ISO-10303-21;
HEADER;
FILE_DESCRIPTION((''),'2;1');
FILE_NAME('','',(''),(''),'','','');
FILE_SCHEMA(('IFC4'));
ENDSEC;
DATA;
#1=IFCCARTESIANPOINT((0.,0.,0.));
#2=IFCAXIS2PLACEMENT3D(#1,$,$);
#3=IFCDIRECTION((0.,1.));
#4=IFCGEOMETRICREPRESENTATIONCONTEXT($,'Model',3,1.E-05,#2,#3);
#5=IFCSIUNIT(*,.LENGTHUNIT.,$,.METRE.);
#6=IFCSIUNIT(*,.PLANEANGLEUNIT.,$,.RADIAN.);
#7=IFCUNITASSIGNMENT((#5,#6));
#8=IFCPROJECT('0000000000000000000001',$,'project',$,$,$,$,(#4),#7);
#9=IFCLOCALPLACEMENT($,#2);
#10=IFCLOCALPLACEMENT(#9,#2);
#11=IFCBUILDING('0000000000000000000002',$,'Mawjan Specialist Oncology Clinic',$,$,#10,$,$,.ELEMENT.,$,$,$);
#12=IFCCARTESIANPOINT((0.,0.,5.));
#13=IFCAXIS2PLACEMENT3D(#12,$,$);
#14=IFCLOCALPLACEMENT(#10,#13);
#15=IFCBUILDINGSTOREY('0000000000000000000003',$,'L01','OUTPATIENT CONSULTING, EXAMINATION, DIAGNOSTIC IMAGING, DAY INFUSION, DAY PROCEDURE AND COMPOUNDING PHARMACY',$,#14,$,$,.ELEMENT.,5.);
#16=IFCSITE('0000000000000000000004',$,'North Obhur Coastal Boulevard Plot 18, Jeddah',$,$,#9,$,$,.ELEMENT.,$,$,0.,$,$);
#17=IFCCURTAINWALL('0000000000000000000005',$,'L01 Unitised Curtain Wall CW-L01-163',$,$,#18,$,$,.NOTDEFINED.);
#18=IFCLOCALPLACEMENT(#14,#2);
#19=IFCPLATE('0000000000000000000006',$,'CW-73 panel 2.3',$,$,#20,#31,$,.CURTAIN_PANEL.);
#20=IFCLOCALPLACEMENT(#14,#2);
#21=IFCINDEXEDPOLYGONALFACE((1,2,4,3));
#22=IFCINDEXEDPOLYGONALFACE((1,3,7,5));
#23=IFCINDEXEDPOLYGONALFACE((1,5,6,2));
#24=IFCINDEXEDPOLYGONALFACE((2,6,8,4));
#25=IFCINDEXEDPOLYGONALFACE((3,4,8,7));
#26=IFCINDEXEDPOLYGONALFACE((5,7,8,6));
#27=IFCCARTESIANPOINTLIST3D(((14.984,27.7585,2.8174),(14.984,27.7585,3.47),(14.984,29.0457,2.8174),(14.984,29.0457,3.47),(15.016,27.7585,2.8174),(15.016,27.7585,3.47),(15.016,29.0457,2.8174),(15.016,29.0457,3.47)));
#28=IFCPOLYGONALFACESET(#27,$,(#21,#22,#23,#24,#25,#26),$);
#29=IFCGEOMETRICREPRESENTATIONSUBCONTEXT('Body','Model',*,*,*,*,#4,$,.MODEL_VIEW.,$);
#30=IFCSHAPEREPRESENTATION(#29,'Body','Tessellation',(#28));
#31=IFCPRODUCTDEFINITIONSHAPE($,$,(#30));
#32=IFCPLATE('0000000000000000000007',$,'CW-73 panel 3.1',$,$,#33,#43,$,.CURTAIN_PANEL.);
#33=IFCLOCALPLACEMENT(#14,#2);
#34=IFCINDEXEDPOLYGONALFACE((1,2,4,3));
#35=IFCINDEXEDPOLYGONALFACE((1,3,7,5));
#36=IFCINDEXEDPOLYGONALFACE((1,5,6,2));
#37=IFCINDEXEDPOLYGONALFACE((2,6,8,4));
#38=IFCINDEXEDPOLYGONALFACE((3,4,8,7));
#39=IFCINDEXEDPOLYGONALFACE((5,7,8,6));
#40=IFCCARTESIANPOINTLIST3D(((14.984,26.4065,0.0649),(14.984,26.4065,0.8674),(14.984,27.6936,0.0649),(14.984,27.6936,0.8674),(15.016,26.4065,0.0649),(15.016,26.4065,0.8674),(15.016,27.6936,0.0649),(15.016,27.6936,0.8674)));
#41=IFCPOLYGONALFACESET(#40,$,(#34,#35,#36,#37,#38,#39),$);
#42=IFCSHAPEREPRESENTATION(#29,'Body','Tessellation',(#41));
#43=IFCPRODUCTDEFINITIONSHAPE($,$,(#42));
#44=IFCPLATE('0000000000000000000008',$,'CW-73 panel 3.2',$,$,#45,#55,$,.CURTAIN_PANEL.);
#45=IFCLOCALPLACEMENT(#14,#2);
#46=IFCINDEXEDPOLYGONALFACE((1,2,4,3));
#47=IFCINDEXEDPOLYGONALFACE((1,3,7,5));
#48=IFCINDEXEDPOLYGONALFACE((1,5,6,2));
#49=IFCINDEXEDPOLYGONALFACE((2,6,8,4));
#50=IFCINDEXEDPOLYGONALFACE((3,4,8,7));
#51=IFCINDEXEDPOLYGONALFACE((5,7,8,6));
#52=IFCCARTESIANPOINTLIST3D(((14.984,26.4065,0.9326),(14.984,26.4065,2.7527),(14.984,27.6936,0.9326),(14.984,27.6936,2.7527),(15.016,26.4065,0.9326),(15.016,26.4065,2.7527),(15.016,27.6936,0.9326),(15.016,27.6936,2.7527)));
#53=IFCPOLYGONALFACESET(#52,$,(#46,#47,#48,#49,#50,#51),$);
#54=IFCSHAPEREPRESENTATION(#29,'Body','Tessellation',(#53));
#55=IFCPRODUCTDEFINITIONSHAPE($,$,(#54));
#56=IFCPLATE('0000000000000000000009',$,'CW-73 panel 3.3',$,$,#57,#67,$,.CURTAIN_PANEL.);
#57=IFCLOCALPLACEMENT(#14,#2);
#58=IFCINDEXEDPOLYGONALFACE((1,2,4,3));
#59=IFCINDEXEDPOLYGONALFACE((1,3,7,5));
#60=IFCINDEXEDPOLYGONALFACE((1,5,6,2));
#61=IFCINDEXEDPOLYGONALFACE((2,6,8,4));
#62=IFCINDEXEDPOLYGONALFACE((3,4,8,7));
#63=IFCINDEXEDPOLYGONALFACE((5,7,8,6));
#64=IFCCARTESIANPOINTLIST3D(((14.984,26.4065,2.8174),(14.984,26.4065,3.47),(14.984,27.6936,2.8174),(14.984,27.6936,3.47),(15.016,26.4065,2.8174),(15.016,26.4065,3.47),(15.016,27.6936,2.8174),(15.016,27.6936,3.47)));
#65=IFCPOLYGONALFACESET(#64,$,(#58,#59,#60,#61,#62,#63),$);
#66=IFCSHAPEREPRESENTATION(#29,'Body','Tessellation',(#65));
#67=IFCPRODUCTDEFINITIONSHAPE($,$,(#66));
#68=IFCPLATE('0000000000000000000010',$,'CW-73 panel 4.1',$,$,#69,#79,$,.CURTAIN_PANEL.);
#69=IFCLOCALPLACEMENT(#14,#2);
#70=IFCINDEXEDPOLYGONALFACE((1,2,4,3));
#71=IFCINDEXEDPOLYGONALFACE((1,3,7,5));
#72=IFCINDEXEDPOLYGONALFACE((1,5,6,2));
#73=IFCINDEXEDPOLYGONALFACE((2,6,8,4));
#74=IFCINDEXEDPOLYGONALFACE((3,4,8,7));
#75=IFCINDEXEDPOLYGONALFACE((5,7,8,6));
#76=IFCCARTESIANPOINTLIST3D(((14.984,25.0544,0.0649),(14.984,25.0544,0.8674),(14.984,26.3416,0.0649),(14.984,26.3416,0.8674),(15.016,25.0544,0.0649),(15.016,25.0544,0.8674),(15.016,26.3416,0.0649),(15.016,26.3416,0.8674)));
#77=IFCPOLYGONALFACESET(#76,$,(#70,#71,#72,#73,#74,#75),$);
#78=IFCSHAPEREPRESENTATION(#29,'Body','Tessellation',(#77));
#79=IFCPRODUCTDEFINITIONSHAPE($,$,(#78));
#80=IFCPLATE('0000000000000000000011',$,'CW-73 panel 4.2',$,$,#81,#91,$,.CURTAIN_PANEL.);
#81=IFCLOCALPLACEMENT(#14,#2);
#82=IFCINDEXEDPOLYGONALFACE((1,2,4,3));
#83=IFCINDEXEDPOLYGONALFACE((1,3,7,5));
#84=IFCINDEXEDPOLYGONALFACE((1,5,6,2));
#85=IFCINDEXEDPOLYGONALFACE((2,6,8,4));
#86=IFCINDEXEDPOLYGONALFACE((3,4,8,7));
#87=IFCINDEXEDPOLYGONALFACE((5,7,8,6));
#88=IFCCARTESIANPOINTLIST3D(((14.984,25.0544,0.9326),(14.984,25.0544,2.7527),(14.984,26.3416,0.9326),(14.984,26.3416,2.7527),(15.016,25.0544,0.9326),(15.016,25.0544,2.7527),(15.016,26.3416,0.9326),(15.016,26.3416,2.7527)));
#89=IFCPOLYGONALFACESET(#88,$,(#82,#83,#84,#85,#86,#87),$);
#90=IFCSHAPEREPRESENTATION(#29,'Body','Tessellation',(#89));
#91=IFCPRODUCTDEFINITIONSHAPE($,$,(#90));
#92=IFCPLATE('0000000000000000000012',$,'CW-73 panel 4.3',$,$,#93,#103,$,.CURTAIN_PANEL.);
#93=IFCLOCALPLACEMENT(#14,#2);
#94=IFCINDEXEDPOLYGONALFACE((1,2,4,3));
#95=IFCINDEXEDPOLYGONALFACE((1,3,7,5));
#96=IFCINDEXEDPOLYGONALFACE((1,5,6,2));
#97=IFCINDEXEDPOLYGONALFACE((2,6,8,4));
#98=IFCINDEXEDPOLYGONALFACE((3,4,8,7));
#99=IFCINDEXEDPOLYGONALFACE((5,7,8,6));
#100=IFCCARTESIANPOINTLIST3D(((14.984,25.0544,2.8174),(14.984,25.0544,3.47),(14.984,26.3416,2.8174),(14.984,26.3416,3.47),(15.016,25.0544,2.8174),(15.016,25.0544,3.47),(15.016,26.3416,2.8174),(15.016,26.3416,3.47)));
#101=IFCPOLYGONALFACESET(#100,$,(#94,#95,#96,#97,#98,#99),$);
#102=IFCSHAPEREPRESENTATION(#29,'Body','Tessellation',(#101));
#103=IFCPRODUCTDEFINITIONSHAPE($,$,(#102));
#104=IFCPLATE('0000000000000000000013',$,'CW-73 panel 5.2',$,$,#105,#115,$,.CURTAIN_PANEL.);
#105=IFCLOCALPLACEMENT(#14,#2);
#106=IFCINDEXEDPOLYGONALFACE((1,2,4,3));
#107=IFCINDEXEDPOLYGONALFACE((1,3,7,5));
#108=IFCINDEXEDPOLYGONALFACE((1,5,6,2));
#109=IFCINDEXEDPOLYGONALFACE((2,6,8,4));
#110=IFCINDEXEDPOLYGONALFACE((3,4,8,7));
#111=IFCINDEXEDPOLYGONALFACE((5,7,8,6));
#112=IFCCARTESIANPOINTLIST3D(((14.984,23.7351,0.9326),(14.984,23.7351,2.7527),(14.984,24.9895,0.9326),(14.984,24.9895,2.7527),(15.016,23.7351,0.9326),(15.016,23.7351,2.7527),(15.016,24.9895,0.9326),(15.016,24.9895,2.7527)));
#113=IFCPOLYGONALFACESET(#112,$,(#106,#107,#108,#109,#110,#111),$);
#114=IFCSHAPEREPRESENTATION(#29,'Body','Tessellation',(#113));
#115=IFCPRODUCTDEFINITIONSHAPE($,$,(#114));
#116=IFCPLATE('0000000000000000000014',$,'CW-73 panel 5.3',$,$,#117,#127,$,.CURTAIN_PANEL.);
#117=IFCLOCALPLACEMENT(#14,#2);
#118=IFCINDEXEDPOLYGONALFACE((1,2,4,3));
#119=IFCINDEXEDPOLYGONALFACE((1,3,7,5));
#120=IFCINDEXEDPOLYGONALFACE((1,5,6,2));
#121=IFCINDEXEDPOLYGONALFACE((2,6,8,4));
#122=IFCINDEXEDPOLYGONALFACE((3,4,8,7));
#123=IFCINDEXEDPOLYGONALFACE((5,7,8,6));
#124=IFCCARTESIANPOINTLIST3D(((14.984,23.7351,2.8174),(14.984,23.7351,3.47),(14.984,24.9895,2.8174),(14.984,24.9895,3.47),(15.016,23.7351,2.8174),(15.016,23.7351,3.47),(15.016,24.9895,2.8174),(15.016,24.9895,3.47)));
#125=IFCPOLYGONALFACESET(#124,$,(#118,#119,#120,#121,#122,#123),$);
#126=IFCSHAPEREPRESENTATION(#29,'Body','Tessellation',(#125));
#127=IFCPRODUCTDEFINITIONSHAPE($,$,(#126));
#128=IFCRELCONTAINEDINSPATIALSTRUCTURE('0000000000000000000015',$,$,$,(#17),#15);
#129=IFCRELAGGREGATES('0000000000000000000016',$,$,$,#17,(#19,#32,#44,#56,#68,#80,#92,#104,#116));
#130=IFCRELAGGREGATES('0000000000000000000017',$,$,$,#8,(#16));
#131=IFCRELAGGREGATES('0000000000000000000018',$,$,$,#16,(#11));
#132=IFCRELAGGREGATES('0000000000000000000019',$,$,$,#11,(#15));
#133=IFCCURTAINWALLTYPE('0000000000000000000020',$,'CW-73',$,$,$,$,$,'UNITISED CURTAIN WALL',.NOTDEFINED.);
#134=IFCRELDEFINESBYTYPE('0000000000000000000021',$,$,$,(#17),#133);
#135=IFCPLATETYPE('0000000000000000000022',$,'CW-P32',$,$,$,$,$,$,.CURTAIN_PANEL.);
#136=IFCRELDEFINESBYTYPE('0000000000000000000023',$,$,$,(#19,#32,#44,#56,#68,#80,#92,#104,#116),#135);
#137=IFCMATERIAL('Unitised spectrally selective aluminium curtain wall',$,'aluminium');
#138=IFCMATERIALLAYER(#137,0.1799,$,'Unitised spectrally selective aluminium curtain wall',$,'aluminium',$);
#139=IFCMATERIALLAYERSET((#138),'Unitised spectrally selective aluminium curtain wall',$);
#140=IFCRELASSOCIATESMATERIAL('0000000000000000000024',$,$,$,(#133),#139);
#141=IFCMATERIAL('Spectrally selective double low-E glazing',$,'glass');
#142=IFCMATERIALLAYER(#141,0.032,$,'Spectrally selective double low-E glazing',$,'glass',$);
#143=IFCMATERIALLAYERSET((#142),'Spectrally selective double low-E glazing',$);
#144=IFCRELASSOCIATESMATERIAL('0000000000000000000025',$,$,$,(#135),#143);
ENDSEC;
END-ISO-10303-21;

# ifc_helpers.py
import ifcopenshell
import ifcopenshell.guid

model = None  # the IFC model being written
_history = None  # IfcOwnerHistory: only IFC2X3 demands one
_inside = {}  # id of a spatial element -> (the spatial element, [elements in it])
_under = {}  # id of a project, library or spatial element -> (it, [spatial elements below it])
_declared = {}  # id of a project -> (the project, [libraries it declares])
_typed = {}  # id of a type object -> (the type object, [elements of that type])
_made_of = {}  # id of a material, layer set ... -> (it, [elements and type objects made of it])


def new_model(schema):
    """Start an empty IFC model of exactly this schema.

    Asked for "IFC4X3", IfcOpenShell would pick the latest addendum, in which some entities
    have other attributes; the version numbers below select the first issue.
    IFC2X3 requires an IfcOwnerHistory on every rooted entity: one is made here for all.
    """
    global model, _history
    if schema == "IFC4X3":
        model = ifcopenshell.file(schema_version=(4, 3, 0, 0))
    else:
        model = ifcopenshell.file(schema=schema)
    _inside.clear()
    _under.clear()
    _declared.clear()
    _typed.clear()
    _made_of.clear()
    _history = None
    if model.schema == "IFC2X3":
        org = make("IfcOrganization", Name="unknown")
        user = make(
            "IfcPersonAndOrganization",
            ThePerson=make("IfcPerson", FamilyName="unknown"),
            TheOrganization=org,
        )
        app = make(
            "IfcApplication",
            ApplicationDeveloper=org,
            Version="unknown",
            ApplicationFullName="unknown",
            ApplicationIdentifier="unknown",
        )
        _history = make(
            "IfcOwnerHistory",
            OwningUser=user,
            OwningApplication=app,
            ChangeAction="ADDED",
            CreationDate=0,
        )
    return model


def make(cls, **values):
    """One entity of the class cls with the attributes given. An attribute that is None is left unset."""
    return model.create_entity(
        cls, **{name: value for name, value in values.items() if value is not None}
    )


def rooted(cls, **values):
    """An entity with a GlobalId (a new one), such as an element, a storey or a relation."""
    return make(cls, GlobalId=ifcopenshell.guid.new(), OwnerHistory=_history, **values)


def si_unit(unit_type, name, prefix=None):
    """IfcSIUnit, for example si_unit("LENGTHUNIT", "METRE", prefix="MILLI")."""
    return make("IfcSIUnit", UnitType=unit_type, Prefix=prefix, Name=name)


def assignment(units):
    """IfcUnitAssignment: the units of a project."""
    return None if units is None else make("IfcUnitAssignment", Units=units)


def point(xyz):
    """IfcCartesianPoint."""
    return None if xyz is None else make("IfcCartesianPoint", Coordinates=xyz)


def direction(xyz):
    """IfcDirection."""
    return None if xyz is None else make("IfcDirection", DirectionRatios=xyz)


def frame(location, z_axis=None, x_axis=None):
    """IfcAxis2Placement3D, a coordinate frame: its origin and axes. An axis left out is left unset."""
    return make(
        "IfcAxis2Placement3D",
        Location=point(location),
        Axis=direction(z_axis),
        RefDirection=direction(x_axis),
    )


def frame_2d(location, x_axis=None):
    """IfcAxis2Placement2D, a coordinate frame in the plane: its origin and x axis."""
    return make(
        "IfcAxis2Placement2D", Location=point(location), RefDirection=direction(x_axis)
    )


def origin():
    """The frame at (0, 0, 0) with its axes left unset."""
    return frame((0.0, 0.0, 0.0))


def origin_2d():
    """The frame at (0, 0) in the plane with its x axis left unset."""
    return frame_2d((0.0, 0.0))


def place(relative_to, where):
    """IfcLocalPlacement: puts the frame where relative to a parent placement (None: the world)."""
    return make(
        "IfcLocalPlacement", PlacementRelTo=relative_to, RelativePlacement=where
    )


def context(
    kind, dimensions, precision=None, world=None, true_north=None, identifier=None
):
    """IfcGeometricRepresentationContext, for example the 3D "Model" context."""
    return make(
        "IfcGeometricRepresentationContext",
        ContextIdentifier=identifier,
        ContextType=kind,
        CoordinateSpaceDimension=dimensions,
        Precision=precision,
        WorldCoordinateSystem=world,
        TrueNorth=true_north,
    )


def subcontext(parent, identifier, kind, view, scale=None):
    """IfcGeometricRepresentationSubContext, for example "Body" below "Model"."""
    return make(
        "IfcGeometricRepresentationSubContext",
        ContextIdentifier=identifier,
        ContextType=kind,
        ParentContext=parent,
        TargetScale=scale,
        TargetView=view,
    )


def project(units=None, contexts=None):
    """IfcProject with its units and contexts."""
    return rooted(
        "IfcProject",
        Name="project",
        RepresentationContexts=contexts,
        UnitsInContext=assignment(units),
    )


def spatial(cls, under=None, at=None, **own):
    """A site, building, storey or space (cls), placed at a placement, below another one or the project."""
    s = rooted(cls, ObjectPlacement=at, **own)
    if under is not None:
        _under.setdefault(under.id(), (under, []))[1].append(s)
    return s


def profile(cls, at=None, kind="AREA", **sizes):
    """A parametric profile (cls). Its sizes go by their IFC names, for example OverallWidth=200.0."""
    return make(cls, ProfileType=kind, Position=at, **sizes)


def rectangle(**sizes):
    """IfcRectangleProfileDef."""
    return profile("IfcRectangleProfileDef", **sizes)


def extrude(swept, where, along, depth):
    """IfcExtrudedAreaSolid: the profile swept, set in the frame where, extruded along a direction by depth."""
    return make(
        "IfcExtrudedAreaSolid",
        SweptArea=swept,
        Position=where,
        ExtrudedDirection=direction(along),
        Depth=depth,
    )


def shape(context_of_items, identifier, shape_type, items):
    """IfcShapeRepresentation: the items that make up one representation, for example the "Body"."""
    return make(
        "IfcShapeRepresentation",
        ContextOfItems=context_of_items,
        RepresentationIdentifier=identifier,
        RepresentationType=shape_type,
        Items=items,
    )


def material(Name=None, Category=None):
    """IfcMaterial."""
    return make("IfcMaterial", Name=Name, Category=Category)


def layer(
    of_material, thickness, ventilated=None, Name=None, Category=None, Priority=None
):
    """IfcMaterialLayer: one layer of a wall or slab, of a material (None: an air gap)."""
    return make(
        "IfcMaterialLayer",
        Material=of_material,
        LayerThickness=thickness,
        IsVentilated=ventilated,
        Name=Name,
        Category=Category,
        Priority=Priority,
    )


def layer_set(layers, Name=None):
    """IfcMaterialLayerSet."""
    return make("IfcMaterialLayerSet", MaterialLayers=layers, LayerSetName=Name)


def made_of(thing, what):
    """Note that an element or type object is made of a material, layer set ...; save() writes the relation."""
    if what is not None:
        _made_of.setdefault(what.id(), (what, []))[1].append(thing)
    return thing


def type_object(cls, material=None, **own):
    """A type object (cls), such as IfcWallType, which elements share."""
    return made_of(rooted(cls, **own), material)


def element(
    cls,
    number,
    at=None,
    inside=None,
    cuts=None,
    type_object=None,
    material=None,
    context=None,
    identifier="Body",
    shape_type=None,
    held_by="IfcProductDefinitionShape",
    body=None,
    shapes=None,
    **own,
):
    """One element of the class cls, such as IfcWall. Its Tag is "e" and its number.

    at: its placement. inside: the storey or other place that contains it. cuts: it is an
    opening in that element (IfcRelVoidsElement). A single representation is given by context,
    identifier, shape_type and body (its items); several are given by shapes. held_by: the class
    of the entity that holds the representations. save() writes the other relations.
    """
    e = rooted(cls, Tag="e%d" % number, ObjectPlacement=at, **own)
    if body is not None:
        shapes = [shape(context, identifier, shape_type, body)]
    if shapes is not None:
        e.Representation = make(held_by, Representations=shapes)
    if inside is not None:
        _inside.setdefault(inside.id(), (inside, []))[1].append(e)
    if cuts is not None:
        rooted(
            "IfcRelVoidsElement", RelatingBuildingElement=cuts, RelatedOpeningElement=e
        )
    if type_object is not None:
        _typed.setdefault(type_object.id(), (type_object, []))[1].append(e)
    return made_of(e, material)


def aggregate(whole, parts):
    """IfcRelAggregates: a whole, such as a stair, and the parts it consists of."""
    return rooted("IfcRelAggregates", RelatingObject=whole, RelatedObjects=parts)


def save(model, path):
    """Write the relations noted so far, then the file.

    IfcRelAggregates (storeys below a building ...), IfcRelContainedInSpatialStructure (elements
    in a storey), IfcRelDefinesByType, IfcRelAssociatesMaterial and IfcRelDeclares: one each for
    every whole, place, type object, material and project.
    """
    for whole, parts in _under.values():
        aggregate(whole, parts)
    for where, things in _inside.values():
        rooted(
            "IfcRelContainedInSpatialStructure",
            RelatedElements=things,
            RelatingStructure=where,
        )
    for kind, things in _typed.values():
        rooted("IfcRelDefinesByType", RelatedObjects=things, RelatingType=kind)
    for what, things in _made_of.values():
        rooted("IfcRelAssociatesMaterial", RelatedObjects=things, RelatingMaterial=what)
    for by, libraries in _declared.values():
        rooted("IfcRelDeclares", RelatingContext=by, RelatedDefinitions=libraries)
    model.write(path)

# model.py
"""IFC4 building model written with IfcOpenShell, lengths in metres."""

from ifc_helpers import new_model, si_unit, direction, frame, origin, origin_2d, place, context, subcontext, project, spatial, rectangle, extrude, material, layer, layer_set, type_object, element, aggregate, save


model = new_model("IFC4")

# Units and contexts
model_context = context("Model", 3, precision=1e-05, world=origin(), true_north=direction((0.0, 1.0)))
body_context = subcontext(model_context, "Body", "Model", "MODEL_VIEW")
ifc_project = project(units=[si_unit("LENGTHUNIT", "METRE"), si_unit("PLANEANGLEUNIT", "RADIAN")], contexts=[model_context])

# Site, building, storey
site_placement = place(None, origin())
site = spatial("IfcSite", under=ifc_project, at=site_placement, Name="North Obhur Coastal Boulevard Plot 18, Jeddah", CompositionType="ELEMENT", RefElevation=0.0)
building_placement = place(site_placement, origin())
building = spatial("IfcBuilding", under=site, at=building_placement, Name="Mawjan Specialist Oncology Clinic", CompositionType="ELEMENT")
storey_placement = place(building_placement, frame((0.0, 0.0, 5.0)))
storey = spatial("IfcBuildingStorey", under=building, at=storey_placement, Name="L01", Description="OUTPATIENT CONSULTING, EXAMINATION, DIAGNOSTIC IMAGING, DAY INFUSION, DAY PROCEDURE AND COMPOUNDING PHARMACY", CompositionType="ELEMENT", Elevation=5.0)

# Curtain wall, plates
ifc_material_1 = material(Name="Unitised spectrally selective aluminium curtain wall", Category="aluminium")
ifc_layer_1 = layer(ifc_material_1, 0.1799, Name="Unitised spectrally selective aluminium curtain wall", Category="aluminium")
ifc_layer_set_1 = layer_set([ifc_layer_1], Name="Unitised spectrally selective aluminium curtain wall")
curtain_wall_type = type_object("IfcCurtainWallType", Name="CW-73", ElementType="UNITISED CURTAIN WALL", PredefinedType="NOTDEFINED", material=ifc_layer_set_1)
curtain_wall_placement = place(storey_placement, origin())
curtain_wall = element("IfcCurtainWall", 1, at=curtain_wall_placement, inside=storey, type_object=curtain_wall_type, Name="L01 Unitised Curtain Wall CW-L01-163", PredefinedType="NOTDEFINED")
ifc_material_2 = material(Name="Spectrally selective double low-E glazing", Category="glass")
ifc_layer_2 = layer(ifc_material_2, 0.032, Name="Spectrally selective double low-E glazing", Category="glass")
ifc_layer_set_2 = layer_set([ifc_layer_2], Name="Spectrally selective double low-E glazing")
plate_type = type_object("IfcPlateType", Name="CW-P32", PredefinedType="CURTAIN_PANEL", material=ifc_layer_set_2)
plate_1_placement = place(storey_placement, frame((15.0, 28.4021, 2.8174), z_axis=(0.0, 0.0, 1.0), x_axis=(0.0, -1.0, 0.0)))
plate_1 = element("IfcPlate", 2, at=plate_1_placement, type_object=plate_type, Name="CW-73 panel 2.3", PredefinedType="CURTAIN_PANEL", context=body_context, shape_type="SweptSolid", body=[
    extrude(rectangle(XDim=1.2871, YDim=0.032, at=origin_2d()), origin(), (0.0, 0.0, 1.0), 0.6526),
])
plate_2_placement = place(storey_placement, frame((15.0, 27.05, 0.0649), z_axis=(0.0, 0.0, 1.0), x_axis=(0.0, -1.0, 0.0)))
plate_2 = element("IfcPlate", 3, at=plate_2_placement, type_object=plate_type, Name="CW-73 panel 3.1", PredefinedType="CURTAIN_PANEL", context=body_context, shape_type="SweptSolid", body=[
    extrude(rectangle(XDim=1.2871, YDim=0.032, at=origin_2d()), origin(), (0.0, 0.0, 1.0), 0.8025),
])
plate_3_placement = place(storey_placement, frame((15.0, 27.05, 0.9326), z_axis=(0.0, 0.0, 1.0), x_axis=(0.0, -1.0, 0.0)))
plate_3 = element("IfcPlate", 4, at=plate_3_placement, type_object=plate_type, Name="CW-73 panel 3.2", PredefinedType="CURTAIN_PANEL", context=body_context, shape_type="SweptSolid", body=[
    extrude(rectangle(XDim=1.2871, YDim=0.032, at=origin_2d()), origin(), (0.0, 0.0, 1.0), 1.8201),
])
plate_4_placement = place(storey_placement, frame((15.0, 27.05, 2.8174), z_axis=(0.0, 0.0, 1.0), x_axis=(0.0, -1.0, 0.0)))
plate_4 = element("IfcPlate", 5, at=plate_4_placement, type_object=plate_type, Name="CW-73 panel 3.3", PredefinedType="CURTAIN_PANEL", context=body_context, shape_type="SweptSolid", body=[
    extrude(rectangle(XDim=1.2871, YDim=0.032, at=origin_2d()), origin(), (0.0, 0.0, 1.0), 0.6526),
])
plate_5_placement = place(storey_placement, frame((15.0, 25.698, 0.0649), z_axis=(0.0, 0.0, 1.0), x_axis=(0.0, -1.0, 0.0)))
plate_5 = element("IfcPlate", 6, at=plate_5_placement, type_object=plate_type, Name="CW-73 panel 4.1", PredefinedType="CURTAIN_PANEL", context=body_context, shape_type="SweptSolid", body=[
    extrude(rectangle(XDim=1.2871, YDim=0.032, at=origin_2d()), origin(), (0.0, 0.0, 1.0), 0.8025),
])
plate_6_placement = place(storey_placement, frame((15.0, 25.698, 0.9326), z_axis=(0.0, 0.0, 1.0), x_axis=(0.0, -1.0, 0.0)))
plate_6 = element("IfcPlate", 7, at=plate_6_placement, type_object=plate_type, Name="CW-73 panel 4.2", PredefinedType="CURTAIN_PANEL", context=body_context, shape_type="SweptSolid", body=[
    extrude(rectangle(XDim=1.2871, YDim=0.032, at=origin_2d()), origin(), (0.0, 0.0, 1.0), 1.8201),
])
plate_7_placement = place(storey_placement, frame((15.0, 25.698, 2.8174), z_axis=(0.0, 0.0, 1.0), x_axis=(0.0, -1.0, 0.0)))
plate_7 = element("IfcPlate", 8, at=plate_7_placement, type_object=plate_type, Name="CW-73 panel 4.3", PredefinedType="CURTAIN_PANEL", context=body_context, shape_type="SweptSolid", body=[
    extrude(rectangle(XDim=1.2871, YDim=0.032, at=origin_2d()), origin(), (0.0, 0.0, 1.0), 0.6526),
])
plate_8_placement = place(storey_placement, frame((15.0, 24.3623, 0.9326), z_axis=(0.0, 0.0, 1.0), x_axis=(0.0, -1.0, 0.0)))
plate_8 = element("IfcPlate", 9, at=plate_8_placement, type_object=plate_type, Name="CW-73 panel 5.2", PredefinedType="CURTAIN_PANEL", context=body_context, shape_type="SweptSolid", body=[
    extrude(rectangle(XDim=1.2544, YDim=0.032, at=origin_2d()), origin(), (0.0, 0.0, 1.0), 1.8201),
])
plate_9_placement = place(storey_placement, frame((15.0, 24.3623, 2.8174), z_axis=(0.0, 0.0, 1.0), x_axis=(0.0, -1.0, 0.0)))
plate_9 = element("IfcPlate", 10, at=plate_9_placement, type_object=plate_type, Name="CW-73 panel 5.3", PredefinedType="CURTAIN_PANEL", context=body_context, shape_type="SweptSolid", body=[
    extrude(rectangle(XDim=1.2544, YDim=0.032, at=origin_2d()), origin(), (0.0, 0.0, 1.0), 0.6526),
])
aggregate(curtain_wall, [plate_1, plate_2, plate_3, plate_4, plate_5, plate_6, plate_7, plate_8, plate_9])

save(model, "model.ifc")
